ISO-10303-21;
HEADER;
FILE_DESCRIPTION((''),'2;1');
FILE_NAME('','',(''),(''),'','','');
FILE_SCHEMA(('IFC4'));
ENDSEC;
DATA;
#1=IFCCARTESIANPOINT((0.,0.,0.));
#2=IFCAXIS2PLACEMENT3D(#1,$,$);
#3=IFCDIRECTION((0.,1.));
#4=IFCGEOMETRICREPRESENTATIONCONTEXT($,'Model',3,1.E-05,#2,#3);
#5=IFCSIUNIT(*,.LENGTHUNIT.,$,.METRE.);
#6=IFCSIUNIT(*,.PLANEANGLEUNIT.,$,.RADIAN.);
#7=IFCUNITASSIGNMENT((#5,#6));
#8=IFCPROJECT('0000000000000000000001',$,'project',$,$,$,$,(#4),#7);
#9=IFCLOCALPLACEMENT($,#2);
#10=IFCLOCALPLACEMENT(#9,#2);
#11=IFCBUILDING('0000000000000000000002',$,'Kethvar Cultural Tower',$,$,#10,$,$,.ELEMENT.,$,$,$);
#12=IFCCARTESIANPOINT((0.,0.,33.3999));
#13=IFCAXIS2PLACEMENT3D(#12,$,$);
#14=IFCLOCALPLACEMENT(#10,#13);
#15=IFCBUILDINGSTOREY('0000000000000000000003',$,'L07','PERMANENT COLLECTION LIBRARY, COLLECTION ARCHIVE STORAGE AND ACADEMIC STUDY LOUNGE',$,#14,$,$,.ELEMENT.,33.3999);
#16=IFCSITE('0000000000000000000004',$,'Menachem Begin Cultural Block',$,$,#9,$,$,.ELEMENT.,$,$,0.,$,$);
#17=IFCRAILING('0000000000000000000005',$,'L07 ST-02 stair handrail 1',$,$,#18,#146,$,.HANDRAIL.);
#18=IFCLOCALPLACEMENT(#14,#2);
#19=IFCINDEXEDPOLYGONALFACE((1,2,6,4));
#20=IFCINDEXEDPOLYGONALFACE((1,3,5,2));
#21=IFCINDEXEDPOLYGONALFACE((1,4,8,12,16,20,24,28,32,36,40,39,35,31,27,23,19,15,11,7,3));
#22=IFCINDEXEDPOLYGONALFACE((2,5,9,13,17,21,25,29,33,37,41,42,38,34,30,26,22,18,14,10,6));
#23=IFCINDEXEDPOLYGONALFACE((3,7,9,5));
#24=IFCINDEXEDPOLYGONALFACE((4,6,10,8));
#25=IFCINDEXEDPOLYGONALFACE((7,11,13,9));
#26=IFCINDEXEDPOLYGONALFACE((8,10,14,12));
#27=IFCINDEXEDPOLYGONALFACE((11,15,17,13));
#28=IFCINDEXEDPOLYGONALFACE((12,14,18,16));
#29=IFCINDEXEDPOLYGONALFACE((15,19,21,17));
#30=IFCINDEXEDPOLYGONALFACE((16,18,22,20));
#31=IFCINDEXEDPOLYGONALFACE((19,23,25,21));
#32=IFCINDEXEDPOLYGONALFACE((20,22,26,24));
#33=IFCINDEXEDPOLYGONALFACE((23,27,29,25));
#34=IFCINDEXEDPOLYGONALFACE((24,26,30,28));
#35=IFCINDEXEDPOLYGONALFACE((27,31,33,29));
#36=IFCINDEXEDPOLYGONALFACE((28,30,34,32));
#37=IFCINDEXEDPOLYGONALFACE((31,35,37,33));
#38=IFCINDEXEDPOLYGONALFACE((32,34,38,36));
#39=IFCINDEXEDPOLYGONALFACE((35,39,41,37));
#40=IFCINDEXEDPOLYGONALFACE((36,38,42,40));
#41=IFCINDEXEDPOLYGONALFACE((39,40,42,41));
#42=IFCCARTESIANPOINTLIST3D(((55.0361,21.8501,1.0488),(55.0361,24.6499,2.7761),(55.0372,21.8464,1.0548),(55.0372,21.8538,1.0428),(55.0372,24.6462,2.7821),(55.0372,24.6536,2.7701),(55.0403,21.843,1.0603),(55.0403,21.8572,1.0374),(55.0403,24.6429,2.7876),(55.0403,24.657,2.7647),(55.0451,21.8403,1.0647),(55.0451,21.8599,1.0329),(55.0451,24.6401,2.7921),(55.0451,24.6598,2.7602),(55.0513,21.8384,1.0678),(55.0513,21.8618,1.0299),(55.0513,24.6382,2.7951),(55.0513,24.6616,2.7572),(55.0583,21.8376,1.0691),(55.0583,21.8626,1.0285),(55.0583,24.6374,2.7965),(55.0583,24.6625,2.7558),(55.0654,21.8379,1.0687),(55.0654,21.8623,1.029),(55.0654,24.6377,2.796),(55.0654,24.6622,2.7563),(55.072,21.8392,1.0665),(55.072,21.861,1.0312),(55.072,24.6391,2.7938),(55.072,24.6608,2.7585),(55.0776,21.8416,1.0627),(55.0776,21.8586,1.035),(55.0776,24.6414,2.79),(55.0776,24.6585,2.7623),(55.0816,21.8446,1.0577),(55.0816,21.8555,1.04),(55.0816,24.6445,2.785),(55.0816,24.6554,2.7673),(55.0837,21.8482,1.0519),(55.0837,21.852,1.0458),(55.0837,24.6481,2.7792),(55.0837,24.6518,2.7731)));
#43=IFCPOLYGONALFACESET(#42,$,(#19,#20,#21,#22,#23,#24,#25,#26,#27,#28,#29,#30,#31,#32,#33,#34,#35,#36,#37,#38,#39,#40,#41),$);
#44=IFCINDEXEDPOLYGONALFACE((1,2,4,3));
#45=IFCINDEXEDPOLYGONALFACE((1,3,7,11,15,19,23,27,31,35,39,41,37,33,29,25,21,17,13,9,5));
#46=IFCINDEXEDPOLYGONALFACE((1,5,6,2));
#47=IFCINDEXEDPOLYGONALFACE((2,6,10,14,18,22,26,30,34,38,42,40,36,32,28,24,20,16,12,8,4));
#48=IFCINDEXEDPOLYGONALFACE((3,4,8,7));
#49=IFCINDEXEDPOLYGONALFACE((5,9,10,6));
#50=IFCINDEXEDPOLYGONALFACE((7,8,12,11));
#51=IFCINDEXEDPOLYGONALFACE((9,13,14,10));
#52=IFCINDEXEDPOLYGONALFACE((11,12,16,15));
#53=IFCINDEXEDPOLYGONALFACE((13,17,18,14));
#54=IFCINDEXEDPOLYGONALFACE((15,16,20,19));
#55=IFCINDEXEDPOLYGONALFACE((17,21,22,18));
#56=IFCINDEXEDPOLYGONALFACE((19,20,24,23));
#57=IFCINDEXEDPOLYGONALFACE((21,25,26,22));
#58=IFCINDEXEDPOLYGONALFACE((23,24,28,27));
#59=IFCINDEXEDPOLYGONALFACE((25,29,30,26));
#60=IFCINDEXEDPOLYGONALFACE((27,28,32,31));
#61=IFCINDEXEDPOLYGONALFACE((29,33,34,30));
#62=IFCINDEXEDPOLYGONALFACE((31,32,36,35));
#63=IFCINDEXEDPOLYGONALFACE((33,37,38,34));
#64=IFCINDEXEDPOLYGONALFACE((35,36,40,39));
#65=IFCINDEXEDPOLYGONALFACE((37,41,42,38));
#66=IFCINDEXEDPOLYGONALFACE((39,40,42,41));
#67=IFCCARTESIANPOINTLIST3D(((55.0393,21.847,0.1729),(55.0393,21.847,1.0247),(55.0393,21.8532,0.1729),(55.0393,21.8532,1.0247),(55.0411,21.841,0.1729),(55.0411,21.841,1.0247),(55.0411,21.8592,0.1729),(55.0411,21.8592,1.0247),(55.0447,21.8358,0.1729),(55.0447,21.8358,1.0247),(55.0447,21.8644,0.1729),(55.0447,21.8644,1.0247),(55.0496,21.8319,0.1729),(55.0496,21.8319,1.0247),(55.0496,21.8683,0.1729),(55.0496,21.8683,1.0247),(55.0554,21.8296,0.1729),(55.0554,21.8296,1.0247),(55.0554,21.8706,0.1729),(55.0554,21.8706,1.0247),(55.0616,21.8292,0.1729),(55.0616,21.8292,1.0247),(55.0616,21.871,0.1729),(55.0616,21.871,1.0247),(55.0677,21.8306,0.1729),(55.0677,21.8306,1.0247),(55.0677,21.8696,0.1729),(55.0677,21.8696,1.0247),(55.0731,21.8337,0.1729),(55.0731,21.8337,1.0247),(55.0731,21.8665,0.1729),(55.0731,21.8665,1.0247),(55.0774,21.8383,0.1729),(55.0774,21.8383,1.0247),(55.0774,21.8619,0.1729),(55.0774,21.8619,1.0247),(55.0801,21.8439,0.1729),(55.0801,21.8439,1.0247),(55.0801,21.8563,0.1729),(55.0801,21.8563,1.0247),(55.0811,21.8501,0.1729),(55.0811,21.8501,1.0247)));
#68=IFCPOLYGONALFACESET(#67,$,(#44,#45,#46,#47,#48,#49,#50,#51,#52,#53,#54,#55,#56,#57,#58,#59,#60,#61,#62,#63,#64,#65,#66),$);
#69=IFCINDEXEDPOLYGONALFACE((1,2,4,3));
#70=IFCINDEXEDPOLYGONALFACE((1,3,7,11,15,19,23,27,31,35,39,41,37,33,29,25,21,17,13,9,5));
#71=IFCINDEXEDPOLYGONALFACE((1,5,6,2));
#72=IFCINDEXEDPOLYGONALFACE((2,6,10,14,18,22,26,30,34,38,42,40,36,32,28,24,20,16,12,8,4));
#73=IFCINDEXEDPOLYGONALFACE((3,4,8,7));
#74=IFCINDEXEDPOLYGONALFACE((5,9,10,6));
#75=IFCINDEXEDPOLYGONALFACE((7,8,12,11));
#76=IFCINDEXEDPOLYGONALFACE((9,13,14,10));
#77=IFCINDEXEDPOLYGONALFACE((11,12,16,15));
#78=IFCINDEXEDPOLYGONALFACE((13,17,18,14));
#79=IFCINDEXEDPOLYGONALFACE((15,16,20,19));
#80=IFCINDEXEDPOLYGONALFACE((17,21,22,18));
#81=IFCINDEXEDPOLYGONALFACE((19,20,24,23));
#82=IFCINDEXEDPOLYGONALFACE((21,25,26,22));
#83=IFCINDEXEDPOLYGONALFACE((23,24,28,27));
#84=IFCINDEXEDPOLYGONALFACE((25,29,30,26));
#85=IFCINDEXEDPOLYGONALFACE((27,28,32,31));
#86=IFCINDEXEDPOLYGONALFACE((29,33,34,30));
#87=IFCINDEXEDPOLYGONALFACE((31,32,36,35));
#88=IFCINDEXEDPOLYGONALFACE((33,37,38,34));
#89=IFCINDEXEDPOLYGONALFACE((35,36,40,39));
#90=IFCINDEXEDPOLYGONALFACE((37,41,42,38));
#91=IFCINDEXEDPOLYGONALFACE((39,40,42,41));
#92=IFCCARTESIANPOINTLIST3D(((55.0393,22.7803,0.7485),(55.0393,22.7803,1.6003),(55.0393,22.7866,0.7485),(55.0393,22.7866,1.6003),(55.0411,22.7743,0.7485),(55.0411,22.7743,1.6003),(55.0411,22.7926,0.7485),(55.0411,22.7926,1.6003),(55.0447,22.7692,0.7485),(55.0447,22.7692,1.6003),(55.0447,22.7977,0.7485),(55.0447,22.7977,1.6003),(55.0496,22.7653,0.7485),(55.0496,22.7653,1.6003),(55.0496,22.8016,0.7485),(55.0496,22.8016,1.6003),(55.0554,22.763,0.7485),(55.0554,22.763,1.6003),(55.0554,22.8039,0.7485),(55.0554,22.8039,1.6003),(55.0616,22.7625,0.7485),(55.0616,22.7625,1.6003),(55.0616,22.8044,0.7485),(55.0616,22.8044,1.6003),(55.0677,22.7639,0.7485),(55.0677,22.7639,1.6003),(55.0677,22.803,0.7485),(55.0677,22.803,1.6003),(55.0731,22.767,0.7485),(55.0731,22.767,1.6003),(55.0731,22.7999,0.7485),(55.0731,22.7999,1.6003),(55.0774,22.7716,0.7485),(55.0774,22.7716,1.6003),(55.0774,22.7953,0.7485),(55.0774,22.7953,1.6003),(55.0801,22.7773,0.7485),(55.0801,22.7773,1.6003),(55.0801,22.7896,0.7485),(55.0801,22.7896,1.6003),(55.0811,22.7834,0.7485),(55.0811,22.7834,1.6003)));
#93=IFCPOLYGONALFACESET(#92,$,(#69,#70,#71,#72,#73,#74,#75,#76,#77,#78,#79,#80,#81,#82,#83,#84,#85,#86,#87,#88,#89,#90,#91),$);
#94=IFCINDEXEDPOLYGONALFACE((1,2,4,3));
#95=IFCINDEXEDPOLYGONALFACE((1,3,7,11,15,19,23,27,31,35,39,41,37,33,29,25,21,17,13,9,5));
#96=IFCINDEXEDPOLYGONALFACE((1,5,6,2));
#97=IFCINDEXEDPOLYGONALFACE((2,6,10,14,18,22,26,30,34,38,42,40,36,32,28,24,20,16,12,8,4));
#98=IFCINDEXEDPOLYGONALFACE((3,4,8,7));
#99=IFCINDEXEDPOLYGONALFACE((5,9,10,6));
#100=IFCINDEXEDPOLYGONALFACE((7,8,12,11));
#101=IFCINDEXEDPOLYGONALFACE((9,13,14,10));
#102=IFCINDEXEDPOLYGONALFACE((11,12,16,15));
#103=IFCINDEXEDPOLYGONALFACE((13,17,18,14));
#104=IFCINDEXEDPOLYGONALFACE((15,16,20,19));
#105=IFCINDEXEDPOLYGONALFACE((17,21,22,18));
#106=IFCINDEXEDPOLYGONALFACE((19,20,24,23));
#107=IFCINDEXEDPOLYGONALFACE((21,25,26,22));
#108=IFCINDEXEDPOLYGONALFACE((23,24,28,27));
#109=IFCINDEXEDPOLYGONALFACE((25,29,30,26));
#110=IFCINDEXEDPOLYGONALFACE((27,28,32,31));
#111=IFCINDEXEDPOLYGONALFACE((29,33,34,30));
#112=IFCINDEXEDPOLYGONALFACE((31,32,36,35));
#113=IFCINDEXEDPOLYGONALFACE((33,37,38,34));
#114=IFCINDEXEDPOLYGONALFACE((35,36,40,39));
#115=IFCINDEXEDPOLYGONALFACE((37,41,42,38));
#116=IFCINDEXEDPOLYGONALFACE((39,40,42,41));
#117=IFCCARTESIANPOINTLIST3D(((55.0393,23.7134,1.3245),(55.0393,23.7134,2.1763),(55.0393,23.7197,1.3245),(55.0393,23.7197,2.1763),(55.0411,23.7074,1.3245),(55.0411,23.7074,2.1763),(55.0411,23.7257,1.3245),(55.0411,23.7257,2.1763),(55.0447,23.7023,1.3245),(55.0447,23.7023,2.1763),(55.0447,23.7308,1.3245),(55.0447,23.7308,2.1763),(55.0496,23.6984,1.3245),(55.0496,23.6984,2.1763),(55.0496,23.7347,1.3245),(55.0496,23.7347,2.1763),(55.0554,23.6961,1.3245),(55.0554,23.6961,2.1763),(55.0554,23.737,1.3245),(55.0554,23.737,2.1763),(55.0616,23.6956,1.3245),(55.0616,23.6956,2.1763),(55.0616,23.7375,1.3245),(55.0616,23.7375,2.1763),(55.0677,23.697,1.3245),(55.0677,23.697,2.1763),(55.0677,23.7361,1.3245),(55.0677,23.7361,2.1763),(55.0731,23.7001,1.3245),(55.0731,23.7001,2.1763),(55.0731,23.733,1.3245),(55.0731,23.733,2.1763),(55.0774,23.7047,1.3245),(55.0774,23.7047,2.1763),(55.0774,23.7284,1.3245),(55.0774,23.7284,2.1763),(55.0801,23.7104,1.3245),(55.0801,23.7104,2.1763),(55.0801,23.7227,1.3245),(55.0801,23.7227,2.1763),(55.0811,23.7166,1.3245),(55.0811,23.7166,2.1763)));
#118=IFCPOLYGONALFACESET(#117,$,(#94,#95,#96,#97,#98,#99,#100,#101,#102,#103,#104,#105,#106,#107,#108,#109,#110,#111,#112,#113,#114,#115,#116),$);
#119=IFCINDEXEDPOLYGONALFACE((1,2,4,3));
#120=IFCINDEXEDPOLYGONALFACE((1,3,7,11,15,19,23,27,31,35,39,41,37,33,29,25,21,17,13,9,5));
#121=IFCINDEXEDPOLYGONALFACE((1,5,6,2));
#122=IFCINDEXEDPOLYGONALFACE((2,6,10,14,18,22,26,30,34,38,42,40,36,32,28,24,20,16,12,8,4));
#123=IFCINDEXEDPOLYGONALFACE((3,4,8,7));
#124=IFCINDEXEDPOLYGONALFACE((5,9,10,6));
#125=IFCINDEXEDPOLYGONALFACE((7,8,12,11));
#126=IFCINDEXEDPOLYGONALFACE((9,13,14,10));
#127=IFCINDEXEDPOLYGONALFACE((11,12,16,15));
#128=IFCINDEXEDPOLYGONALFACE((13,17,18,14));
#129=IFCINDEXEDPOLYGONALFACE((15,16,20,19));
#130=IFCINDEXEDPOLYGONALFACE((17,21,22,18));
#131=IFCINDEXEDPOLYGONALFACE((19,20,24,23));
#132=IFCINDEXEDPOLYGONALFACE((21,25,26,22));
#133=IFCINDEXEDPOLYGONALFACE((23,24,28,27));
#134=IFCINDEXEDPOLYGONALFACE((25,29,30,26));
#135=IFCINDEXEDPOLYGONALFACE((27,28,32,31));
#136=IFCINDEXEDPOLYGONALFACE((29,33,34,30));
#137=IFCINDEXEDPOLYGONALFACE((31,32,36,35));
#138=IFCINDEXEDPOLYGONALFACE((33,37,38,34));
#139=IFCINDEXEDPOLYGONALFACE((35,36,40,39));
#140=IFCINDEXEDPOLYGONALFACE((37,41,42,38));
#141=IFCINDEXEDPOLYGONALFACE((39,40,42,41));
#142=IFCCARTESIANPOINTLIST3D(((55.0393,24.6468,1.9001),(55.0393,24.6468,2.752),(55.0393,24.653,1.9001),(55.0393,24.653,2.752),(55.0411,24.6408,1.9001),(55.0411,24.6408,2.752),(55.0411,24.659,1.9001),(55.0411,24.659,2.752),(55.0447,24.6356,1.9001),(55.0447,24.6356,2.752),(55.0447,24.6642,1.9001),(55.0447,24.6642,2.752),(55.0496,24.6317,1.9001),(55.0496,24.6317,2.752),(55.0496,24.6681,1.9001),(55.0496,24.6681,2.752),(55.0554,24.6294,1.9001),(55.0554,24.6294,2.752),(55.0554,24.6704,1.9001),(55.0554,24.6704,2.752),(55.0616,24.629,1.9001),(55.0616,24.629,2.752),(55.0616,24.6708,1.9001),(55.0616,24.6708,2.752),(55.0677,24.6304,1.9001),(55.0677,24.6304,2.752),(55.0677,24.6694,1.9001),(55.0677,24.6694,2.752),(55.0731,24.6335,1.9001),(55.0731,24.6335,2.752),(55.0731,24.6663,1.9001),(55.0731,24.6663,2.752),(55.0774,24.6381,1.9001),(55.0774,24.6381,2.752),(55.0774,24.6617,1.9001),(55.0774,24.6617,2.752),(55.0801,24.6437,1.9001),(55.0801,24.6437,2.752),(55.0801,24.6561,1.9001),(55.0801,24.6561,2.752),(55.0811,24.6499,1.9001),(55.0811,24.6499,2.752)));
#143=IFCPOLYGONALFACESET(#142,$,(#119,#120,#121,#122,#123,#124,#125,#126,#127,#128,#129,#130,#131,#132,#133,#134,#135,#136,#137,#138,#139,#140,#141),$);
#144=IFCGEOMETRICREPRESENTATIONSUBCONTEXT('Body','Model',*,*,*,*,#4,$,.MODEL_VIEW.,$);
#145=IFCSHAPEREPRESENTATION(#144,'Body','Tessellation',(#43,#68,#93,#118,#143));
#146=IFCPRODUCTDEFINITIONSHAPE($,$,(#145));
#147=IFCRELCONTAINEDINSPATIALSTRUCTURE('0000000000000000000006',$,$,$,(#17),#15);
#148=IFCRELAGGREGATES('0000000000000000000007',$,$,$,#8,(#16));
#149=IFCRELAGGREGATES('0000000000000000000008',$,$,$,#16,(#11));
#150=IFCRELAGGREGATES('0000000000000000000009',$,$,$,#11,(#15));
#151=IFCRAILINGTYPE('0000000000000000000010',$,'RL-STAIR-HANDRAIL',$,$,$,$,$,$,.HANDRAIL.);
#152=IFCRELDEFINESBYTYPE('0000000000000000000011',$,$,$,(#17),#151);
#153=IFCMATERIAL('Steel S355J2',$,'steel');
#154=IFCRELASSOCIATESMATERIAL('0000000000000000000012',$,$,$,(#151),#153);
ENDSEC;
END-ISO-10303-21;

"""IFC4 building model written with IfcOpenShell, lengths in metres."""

from ifc_helpers import new_model, si_unit, direction, frame, origin, origin_2d, place, context, subcontext, project, spatial, circle, extrude, material, type_object, element, save


model = new_model("IFC4")

# Units and contexts
model_context = context("Model", 3, precision=1e-05, world=origin(), true_north=direction((0.0, 1.0)))
body_context = subcontext(model_context, "Body", "Model", "MODEL_VIEW")
ifc_project = project(units=[si_unit("LENGTHUNIT", "METRE"), si_unit("PLANEANGLEUNIT", "RADIAN")], contexts=[model_context])

# Site, building, storey
site_placement = place(None, origin())
site = spatial("IfcSite", under=ifc_project, at=site_placement, Name="Menachem Begin Cultural Block", CompositionType="ELEMENT", RefElevation=0.0)
building_placement = place(site_placement, origin())
building = spatial("IfcBuilding", under=site, at=building_placement, Name="Kethvar Cultural Tower", CompositionType="ELEMENT")
storey_placement = place(building_placement, frame((0.0, 0.0, 33.3999)))
storey = spatial("IfcBuildingStorey", under=building, at=storey_placement, Name="L07", Description="PERMANENT COLLECTION LIBRARY, COLLECTION ARCHIVE STORAGE AND ACADEMIC STUDY LOUNGE", CompositionType="ELEMENT", Elevation=33.3999)

# Shared definitions
ifc_material_1 = material(Name="Steel S355J2", Category="steel")

# Railing
railing_type_1 = type_object("IfcRailingType", Name="RL-STAIR-HANDRAIL", PredefinedType="HANDRAIL", material=ifc_material_1)
railing_1_placement = place(storey_placement, frame((55.0601, 21.8501, 0.1729)))
element("IfcRailing", 1, at=railing_1_placement, inside=storey, type_object=railing_type_1, Name="L07 ST-02 stair handrail 1", PredefinedType="HANDRAIL", context=body_context, shape_type="SweptSolid", body=[
    extrude(circle(Radius=0.0239, at=origin_2d()), frame((0.0, 0.0, 0.876), z_axis=(0.0, 0.851069, 0.525054), x_axis=(-1.0, 0.0, 0.0)), (0.0, 0.0, 1.0), 3.2898),
    extrude(circle(Radius=0.021, at=origin_2d()), origin(), (0.0, 0.0, 1.0), 0.8518),
    extrude(circle(Radius=0.021, at=origin_2d()), frame((0.0, 0.9333, 0.5757)), (0.0, 0.0, 1.0), 0.8518),
    extrude(circle(Radius=0.021, at=origin_2d()), frame((0.0, 1.8665, 1.1516)), (0.0, 0.0, 1.0), 0.8518),
    extrude(circle(Radius=0.021, at=origin_2d()), frame((0.0, 2.7998, 1.7273)), (0.0, 0.0, 1.0), 0.8518),
])

save(model, "model.ifc")
